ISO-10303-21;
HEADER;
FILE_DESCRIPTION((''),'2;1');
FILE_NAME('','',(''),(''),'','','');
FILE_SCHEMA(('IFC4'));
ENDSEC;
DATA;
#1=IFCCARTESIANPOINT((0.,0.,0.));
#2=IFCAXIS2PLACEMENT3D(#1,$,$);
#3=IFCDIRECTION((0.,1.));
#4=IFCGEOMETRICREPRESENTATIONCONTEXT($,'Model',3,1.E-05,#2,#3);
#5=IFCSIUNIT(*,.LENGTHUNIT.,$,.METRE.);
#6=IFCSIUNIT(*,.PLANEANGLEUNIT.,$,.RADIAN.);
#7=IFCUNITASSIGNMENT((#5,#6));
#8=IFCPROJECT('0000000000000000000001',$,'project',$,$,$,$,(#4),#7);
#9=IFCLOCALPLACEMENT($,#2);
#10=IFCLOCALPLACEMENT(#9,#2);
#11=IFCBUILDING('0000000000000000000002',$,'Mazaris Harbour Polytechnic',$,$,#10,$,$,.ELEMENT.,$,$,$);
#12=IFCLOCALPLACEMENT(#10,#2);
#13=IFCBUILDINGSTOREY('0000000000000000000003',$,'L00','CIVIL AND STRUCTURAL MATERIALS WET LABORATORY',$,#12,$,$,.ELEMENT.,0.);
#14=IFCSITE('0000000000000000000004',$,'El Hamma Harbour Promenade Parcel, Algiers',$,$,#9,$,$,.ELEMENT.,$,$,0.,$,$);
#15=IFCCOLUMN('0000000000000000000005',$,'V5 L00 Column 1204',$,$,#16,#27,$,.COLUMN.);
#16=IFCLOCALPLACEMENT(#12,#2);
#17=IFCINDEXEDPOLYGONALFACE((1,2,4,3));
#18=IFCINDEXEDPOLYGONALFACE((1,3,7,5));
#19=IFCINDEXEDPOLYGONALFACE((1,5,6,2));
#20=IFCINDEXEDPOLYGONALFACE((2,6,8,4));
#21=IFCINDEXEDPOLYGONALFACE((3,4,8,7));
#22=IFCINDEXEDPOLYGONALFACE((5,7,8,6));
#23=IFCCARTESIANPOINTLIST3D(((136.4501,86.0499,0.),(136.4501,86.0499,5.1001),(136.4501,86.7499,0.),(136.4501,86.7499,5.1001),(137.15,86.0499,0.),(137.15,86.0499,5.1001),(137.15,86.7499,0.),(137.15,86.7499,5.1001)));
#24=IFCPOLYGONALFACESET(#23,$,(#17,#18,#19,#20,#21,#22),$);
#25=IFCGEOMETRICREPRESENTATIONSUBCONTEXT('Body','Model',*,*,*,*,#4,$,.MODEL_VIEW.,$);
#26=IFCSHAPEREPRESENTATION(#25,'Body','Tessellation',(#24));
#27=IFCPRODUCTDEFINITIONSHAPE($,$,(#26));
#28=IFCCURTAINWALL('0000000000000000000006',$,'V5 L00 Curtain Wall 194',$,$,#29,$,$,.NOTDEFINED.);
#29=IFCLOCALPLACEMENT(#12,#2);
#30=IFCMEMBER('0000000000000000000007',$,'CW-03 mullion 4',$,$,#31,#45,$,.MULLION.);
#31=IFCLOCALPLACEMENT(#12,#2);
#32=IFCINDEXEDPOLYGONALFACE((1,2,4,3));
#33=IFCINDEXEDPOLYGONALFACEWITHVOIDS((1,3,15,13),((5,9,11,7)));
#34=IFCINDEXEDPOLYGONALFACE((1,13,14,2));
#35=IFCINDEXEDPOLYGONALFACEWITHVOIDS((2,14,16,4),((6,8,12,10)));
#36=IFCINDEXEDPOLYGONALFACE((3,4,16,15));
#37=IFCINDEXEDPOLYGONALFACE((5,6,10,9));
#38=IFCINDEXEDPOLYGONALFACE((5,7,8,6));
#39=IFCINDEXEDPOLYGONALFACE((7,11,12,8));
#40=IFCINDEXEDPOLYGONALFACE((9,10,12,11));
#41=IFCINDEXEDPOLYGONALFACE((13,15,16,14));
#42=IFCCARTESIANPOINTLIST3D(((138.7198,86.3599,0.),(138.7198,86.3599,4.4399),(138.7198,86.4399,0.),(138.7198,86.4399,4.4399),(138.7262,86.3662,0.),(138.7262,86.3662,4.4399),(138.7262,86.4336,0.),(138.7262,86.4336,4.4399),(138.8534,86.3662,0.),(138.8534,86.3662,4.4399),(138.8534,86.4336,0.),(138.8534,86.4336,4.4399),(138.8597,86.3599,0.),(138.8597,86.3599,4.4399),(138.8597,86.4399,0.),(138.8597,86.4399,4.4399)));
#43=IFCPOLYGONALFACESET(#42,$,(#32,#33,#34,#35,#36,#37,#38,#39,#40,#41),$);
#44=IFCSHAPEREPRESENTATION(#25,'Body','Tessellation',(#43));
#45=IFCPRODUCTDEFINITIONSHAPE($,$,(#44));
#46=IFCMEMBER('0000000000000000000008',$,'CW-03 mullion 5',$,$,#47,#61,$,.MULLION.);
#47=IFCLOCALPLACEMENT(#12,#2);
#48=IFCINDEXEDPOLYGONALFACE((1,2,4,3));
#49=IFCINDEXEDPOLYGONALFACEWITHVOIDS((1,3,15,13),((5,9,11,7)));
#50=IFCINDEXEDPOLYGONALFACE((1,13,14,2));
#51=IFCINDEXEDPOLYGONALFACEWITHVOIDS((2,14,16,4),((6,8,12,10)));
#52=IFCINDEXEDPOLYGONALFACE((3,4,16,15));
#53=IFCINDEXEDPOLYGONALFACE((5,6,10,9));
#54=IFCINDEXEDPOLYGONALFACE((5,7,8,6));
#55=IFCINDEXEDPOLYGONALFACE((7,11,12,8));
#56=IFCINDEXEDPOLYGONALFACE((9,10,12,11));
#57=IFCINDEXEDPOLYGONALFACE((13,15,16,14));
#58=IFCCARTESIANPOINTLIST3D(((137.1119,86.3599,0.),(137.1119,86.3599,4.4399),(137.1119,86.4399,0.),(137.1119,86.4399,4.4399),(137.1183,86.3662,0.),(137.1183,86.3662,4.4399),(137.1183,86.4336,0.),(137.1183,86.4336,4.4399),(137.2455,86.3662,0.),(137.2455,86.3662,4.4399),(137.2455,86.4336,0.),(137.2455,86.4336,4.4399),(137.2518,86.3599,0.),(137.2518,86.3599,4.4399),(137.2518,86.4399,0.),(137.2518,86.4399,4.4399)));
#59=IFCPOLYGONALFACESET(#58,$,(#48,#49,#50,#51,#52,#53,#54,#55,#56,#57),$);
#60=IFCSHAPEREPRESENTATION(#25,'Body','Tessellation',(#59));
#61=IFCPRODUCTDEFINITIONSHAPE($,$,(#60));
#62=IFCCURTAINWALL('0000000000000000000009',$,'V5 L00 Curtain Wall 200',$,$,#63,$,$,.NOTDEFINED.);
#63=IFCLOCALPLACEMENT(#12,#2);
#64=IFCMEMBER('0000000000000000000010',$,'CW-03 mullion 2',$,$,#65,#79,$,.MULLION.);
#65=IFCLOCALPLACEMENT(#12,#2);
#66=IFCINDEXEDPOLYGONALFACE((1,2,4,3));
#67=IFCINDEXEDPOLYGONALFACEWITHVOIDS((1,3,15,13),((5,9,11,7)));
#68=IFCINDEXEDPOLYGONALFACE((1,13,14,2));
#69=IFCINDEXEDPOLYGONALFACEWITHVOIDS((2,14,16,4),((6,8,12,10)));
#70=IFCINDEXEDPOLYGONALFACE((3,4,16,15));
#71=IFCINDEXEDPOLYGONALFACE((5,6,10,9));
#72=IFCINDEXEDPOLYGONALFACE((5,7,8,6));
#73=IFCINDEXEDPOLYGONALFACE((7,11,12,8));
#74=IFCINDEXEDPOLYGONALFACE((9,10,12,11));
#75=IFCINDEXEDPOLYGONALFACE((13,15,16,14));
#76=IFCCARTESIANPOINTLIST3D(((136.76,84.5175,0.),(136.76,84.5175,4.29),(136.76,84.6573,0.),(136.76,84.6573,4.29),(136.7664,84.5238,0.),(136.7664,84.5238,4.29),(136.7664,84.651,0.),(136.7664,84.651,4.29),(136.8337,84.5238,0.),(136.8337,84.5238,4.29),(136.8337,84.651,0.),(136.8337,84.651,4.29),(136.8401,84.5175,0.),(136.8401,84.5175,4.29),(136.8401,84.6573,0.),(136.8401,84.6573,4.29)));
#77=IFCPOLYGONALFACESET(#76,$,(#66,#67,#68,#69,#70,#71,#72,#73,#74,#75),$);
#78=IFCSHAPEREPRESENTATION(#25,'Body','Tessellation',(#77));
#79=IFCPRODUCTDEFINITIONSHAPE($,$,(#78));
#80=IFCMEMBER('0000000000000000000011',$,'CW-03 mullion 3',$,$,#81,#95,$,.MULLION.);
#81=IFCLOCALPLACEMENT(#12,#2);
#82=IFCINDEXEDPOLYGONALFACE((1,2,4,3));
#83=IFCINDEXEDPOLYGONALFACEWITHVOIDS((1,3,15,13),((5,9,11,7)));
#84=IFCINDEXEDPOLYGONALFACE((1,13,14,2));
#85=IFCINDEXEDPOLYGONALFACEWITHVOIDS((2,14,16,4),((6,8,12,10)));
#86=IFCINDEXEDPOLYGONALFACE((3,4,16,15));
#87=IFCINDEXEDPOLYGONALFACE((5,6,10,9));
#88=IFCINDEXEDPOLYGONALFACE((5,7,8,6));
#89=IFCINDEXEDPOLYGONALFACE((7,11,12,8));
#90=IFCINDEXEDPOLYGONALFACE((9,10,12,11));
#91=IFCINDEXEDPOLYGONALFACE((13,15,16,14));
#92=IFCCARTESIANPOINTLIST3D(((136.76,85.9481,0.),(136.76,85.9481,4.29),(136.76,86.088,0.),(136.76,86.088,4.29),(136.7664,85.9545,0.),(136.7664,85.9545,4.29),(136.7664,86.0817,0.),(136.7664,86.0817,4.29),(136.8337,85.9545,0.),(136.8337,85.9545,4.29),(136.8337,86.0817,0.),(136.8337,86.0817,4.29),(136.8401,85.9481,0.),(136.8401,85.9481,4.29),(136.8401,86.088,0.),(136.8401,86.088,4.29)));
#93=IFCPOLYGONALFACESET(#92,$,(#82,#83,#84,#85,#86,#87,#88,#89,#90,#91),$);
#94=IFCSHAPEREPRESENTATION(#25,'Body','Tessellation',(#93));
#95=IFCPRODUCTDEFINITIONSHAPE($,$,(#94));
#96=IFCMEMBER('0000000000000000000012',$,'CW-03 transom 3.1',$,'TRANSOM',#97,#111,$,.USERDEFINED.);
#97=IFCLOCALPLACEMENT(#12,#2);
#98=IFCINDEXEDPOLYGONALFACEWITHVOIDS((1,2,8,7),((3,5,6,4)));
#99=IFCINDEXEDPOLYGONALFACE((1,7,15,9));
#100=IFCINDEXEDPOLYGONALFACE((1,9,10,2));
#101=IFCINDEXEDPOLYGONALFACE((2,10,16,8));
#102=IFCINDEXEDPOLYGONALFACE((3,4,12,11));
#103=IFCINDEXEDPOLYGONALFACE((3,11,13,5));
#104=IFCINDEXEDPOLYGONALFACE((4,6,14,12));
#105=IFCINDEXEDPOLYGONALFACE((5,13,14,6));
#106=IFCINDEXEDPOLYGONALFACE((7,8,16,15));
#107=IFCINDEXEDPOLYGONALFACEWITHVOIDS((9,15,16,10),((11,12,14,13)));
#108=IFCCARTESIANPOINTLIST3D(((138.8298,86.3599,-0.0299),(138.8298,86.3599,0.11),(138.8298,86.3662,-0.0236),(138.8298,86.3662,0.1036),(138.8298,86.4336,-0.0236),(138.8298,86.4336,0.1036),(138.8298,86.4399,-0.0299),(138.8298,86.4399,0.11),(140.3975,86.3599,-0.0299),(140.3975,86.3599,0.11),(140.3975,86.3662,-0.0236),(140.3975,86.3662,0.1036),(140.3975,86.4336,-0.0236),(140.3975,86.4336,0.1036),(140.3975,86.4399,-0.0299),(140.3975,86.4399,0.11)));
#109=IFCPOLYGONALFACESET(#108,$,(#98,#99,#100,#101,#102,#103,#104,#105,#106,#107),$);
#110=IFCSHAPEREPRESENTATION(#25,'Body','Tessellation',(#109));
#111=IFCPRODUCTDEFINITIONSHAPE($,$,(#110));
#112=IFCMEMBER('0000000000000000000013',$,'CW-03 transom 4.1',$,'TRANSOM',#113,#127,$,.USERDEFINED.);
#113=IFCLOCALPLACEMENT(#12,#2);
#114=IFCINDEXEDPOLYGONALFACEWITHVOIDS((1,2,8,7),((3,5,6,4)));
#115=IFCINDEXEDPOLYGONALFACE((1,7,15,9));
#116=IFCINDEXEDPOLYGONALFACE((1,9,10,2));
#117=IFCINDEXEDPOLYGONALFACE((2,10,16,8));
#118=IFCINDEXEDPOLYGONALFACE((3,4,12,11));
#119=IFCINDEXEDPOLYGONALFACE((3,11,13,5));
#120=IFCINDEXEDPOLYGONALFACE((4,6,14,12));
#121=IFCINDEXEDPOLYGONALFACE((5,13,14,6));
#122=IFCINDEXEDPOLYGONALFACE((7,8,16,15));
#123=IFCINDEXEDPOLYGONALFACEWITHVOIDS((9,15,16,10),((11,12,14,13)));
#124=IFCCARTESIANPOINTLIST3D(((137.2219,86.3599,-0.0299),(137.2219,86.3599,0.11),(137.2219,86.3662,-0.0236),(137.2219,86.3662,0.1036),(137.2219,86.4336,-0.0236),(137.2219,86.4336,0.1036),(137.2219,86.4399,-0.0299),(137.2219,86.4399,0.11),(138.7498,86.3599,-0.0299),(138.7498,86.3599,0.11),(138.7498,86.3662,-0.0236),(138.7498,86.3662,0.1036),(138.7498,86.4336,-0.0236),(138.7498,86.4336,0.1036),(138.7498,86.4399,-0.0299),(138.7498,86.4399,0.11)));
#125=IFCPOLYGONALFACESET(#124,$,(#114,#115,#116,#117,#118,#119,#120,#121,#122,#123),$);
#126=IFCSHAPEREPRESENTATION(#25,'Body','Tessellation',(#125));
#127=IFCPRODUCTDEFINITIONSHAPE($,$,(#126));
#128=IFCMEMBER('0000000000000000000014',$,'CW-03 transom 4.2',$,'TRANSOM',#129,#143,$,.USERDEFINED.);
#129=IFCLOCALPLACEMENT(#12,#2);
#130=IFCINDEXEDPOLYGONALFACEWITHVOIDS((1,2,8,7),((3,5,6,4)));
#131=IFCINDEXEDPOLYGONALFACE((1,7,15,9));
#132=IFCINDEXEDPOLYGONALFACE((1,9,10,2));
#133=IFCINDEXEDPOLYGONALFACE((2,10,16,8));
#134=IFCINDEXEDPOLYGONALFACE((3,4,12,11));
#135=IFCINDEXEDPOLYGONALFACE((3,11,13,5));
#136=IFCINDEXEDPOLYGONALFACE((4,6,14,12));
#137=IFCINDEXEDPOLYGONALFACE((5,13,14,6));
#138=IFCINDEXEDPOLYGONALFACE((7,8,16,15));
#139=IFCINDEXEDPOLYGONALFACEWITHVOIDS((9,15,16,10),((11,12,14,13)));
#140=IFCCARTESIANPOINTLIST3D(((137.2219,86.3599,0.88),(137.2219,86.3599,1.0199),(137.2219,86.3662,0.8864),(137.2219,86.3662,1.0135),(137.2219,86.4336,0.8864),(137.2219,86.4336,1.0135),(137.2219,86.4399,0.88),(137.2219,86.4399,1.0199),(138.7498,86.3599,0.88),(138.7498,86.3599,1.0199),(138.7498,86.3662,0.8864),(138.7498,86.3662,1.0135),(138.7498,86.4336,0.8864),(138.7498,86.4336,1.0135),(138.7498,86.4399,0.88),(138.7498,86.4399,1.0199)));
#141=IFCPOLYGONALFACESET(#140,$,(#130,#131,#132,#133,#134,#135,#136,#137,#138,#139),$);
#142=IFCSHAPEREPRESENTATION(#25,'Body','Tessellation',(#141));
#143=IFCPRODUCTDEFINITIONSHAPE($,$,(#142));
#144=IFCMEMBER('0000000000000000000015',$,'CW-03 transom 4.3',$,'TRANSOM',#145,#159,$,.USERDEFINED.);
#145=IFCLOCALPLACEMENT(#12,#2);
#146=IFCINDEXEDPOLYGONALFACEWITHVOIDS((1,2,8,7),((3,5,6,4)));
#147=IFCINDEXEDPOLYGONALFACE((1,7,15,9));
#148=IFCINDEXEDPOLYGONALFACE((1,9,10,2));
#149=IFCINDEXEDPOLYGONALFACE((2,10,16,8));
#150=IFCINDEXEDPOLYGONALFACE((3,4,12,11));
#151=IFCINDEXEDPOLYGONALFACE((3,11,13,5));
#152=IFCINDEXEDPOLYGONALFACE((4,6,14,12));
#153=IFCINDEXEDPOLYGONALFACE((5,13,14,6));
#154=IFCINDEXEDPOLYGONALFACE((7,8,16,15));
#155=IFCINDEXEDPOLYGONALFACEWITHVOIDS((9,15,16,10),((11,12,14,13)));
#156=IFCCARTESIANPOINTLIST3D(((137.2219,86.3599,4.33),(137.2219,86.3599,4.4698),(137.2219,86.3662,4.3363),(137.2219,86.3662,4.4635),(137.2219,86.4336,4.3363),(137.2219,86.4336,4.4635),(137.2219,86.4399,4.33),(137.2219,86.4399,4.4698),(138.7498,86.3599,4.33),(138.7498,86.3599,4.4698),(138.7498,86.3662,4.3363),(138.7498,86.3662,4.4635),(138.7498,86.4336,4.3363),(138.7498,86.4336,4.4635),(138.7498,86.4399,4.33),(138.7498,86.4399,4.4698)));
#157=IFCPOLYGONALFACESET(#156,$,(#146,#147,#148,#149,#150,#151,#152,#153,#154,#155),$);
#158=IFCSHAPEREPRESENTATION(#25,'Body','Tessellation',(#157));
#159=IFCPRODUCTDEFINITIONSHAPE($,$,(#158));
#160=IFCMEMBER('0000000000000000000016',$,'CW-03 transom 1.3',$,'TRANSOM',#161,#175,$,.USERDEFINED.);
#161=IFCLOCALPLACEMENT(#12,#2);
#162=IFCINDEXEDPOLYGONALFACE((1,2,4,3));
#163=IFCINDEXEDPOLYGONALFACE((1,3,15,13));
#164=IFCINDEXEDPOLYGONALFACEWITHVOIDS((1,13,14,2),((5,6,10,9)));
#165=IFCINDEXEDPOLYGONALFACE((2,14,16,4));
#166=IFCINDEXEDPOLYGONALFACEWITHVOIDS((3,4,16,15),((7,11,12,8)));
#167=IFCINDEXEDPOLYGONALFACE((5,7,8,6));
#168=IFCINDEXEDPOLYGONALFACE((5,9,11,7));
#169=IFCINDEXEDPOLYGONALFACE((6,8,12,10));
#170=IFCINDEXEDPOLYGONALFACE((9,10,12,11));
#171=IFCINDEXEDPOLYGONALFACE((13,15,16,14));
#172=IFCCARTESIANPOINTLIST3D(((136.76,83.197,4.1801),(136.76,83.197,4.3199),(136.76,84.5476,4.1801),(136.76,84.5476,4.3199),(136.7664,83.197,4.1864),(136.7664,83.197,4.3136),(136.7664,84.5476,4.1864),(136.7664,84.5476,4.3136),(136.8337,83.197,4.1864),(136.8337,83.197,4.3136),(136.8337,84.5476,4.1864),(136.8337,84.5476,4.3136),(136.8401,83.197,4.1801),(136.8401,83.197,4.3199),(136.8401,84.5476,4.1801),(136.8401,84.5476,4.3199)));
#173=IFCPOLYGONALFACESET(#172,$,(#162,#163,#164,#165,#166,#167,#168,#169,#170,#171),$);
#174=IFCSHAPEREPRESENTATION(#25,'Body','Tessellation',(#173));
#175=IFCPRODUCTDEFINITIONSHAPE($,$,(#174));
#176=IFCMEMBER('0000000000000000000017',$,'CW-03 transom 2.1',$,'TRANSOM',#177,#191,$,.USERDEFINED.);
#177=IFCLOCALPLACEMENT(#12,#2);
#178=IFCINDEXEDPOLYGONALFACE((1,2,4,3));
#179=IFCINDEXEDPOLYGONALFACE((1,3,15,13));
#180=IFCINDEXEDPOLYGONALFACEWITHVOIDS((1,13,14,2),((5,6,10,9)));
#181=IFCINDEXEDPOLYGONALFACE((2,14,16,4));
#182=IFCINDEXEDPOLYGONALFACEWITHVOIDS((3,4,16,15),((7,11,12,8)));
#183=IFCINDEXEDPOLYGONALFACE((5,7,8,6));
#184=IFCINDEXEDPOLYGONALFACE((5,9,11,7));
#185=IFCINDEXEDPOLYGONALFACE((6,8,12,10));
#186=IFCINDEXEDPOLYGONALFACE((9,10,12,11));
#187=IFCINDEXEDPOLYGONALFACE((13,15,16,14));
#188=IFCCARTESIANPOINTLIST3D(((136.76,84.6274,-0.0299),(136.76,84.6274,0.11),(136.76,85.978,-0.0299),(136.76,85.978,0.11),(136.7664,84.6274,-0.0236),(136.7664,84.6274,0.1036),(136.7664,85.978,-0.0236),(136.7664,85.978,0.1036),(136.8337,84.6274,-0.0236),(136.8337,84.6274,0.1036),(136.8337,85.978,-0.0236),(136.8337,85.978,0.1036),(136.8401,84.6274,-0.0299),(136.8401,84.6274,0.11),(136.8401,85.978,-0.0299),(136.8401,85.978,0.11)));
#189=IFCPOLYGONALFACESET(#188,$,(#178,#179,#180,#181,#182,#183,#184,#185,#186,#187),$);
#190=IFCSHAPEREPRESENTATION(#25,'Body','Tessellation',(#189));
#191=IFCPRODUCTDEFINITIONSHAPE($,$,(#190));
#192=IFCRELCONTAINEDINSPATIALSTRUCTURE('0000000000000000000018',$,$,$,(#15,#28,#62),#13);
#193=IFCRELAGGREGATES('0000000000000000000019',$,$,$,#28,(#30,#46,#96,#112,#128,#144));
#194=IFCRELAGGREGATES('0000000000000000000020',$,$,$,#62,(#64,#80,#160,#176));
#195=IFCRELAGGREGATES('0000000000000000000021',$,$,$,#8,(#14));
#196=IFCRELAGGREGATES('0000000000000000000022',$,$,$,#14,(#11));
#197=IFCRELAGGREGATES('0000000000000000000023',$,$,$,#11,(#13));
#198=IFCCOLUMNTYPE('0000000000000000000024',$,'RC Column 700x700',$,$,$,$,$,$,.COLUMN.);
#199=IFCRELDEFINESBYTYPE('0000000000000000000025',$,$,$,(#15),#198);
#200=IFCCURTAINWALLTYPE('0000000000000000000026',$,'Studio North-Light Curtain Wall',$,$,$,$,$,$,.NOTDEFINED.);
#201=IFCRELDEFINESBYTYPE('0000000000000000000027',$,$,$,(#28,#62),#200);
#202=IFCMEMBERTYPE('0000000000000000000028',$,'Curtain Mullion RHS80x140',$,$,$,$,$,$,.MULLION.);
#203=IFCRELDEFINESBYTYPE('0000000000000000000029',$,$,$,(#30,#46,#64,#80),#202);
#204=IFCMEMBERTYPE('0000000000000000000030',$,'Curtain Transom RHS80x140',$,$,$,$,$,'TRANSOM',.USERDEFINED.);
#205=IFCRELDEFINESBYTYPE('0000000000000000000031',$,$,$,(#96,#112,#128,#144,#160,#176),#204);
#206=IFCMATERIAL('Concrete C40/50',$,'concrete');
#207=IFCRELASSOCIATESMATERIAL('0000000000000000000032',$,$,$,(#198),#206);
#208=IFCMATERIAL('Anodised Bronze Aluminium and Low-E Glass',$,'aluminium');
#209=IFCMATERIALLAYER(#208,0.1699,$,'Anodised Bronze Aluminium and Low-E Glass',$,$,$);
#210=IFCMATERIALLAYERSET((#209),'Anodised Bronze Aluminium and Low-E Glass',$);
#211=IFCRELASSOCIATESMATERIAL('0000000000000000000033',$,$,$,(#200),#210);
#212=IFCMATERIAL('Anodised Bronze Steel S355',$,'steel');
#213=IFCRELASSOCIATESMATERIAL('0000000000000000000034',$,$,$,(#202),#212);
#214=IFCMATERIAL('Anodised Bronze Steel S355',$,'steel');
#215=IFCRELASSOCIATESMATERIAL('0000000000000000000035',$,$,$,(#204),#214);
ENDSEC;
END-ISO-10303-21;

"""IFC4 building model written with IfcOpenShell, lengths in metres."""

from ifc_helpers import new_model, si_unit, direction, frame, origin, origin_2d, place, context, subcontext, project, spatial, rectangle, hollow_rectangle, extrude, material, layer, layer_set, material_profile, profile_set, type_object, element, aggregate, save


model = new_model("IFC4")

# Units and contexts
model_context = context("Model", 3, precision=1e-05, world=origin(), true_north=direction((0.0, 1.0)))
body_context = subcontext(model_context, "Body", "Model", "MODEL_VIEW")
ifc_project = project(units=[si_unit("LENGTHUNIT", "METRE"), si_unit("PLANEANGLEUNIT", "RADIAN")], contexts=[model_context])

# Site, building, storey
site_placement = place(None, origin())
site = spatial("IfcSite", under=ifc_project, at=site_placement, Name="El Hamma Harbour Promenade Parcel, Algiers", CompositionType="ELEMENT", RefElevation=0.0)
building_placement = place(site_placement, origin())
building = spatial("IfcBuilding", under=site, at=building_placement, Name="Mazaris Harbour Polytechnic", CompositionType="ELEMENT")
storey_placement = place(building_placement, origin())
storey = spatial("IfcBuildingStorey", under=building, at=storey_placement, Name="L00", Description="CIVIL AND STRUCTURAL MATERIALS WET LABORATORY", CompositionType="ELEMENT", Elevation=0.0)

# Column
ifc_material_1 = material(Name="Concrete C40/50", Category="concrete")
ifc_material_profile_1 = material_profile(ifc_material_1, rectangle(XDim=0.7, YDim=0.7, at=origin_2d()), Name="RECT700x700")
ifc_profile_set_1 = profile_set([ifc_material_profile_1], Name="Concrete C40/50")
column_type = type_object("IfcColumnType", Name="RC Column 700x700", PredefinedType="COLUMN", material=ifc_profile_set_1)
column_placement = place(storey_placement, frame((136.8, 86.3999, 0.0), z_axis=(0.0, 0.0, 1.0), x_axis=(1.0, 0.0, 0.0)))
element("IfcColumn", 1, at=column_placement, inside=storey, type_object=column_type, Name="V5 L00 Column 1204", PredefinedType="COLUMN", context=body_context, shape_type="SweptSolid", body=[
    extrude(rectangle(XDim=0.7, YDim=0.7, at=origin_2d()), origin(), (0.0, 0.0, 1.0), 5.1001),
])

# Curtain walls, members
ifc_material_2 = material(Name="Anodised Bronze Aluminium and Low-E Glass", Category="aluminium")
ifc_layer_1 = layer(ifc_material_2, 0.1699, Name="Anodised Bronze Aluminium and Low-E Glass")
ifc_layer_set_1 = layer_set([ifc_layer_1], Name="Anodised Bronze Aluminium and Low-E Glass")
curtain_wall_type = type_object("IfcCurtainWallType", Name="Studio North-Light Curtain Wall", PredefinedType="NOTDEFINED", material=ifc_layer_set_1)
curtain_wall_1_placement = place(storey_placement, origin())
curtain_wall_1 = element("IfcCurtainWall", 2, at=curtain_wall_1_placement, inside=storey, type_object=curtain_wall_type, Name="V5 L00 Curtain Wall 194", PredefinedType="NOTDEFINED")
ifc_material_3 = material(Name="Anodised Bronze Steel S355", Category="steel")
ifc_material_profile_2 = material_profile(ifc_material_3, hollow_rectangle(XDim=0.0801, YDim=0.1399, WallThickness=0.0063, at=origin_2d()), Name="RHS 80x140x6.3")
ifc_profile_set_2 = profile_set([ifc_material_profile_2], Name="Anodised Bronze Steel S355")
member_type_1 = type_object("IfcMemberType", Name="Curtain Mullion RHS80x140", PredefinedType="MULLION", material=ifc_profile_set_2)
member_1_placement = place(storey_placement, frame((138.7898, 86.3999, 0.0), z_axis=(0.0, 0.0, 1.0), x_axis=(0.0, -1.0, 0.0)))
member_1 = element("IfcMember", 3, at=member_1_placement, type_object=member_type_1, Name="CW-03 mullion 4", PredefinedType="MULLION", context=body_context, shape_type="SweptSolid", body=[
    extrude(hollow_rectangle(XDim=0.0801, YDim=0.1399, WallThickness=0.0063, at=origin_2d()), origin(), (0.0, 0.0, 1.0), 4.4399),
])
member_2_placement = place(storey_placement, frame((137.1819, 86.3999, 0.0), z_axis=(0.0, 0.0, 1.0), x_axis=(0.0, -1.0, 0.0)))
member_2 = element("IfcMember", 4, at=member_2_placement, type_object=member_type_1, Name="CW-03 mullion 5", PredefinedType="MULLION", context=body_context, shape_type="SweptSolid", body=[
    extrude(hollow_rectangle(XDim=0.0801, YDim=0.1399, WallThickness=0.0063, at=origin_2d()), origin(), (0.0, 0.0, 1.0), 4.4399),
])
curtain_wall_2_placement = place(storey_placement, origin())
curtain_wall_2 = element("IfcCurtainWall", 5, at=curtain_wall_2_placement, inside=storey, type_object=curtain_wall_type, Name="V5 L00 Curtain Wall 200", PredefinedType="NOTDEFINED")
member_3_placement = place(storey_placement, frame((136.8, 84.5874, 0.0), z_axis=(0.0, 0.0, 1.0), x_axis=(-1.0, 0.0, 0.0)))
member_3 = element("IfcMember", 6, at=member_3_placement, type_object=member_type_1, Name="CW-03 mullion 2", PredefinedType="MULLION", context=body_context, shape_type="SweptSolid", body=[
    extrude(hollow_rectangle(XDim=0.0801, YDim=0.1399, WallThickness=0.0063, at=origin_2d()), origin(), (0.0, 0.0, 1.0), 4.29),
])
member_4_placement = place(storey_placement, frame((136.8, 86.0181, 0.0), z_axis=(0.0, 0.0, 1.0), x_axis=(-1.0, 0.0, 0.0)))
member_4 = element("IfcMember", 7, at=member_4_placement, type_object=member_type_1, Name="CW-03 mullion 3", PredefinedType="MULLION", context=body_context, shape_type="SweptSolid", body=[
    extrude(hollow_rectangle(XDim=0.0801, YDim=0.1399, WallThickness=0.0063, at=origin_2d()), origin(), (0.0, 0.0, 1.0), 4.29),
])

# Members
ifc_material_4 = material(Name="Anodised Bronze Steel S355", Category="steel")
ifc_material_profile_3 = material_profile(ifc_material_4, hollow_rectangle(XDim=0.0801, YDim=0.1399, WallThickness=0.0063, at=origin_2d()), Name="RHS 80x140x6.3")
ifc_profile_set_3 = profile_set([ifc_material_profile_3], Name="Anodised Bronze Steel S355")
member_type_2 = type_object("IfcMemberType", Name="Curtain Transom RHS80x140", ElementType="TRANSOM", PredefinedType="USERDEFINED", material=ifc_profile_set_3)
member_5_placement = place(storey_placement, frame((140.3975, 86.3999, 0.04), z_axis=(-1.0, 0.0, 0.0), x_axis=(0.0, -1.0, 0.0)))
member_5 = element("IfcMember", 8, at=member_5_placement, type_object=member_type_2, Name="CW-03 transom 3.1", ObjectType="TRANSOM", PredefinedType="USERDEFINED", context=body_context, shape_type="SweptSolid", body=[
    extrude(hollow_rectangle(XDim=0.0801, YDim=0.1399, WallThickness=0.0063, at=origin_2d()), origin(), (0.0, 0.0, 1.0), 1.5676),
])
member_6_placement = place(storey_placement, frame((138.7498, 86.3999, 0.04), z_axis=(-1.0, 0.0, 0.0), x_axis=(0.0, -1.0, 0.0)))
member_6 = element("IfcMember", 9, at=member_6_placement, type_object=member_type_2, Name="CW-03 transom 4.1", ObjectType="TRANSOM", PredefinedType="USERDEFINED", context=body_context, shape_type="SweptSolid", body=[
    extrude(hollow_rectangle(XDim=0.0801, YDim=0.1399, WallThickness=0.0063, at=origin_2d()), origin(), (0.0, 0.0, 1.0), 1.5278),
])
member_7_placement = place(storey_placement, frame((138.7498, 86.3999, 0.95), z_axis=(-1.0, 0.0, 0.0), x_axis=(0.0, -1.0, 0.0)))
member_7 = element("IfcMember", 10, at=member_7_placement, type_object=member_type_2, Name="CW-03 transom 4.2", ObjectType="TRANSOM", PredefinedType="USERDEFINED", context=body_context, shape_type="SweptSolid", body=[
    extrude(hollow_rectangle(XDim=0.0801, YDim=0.1399, WallThickness=0.0063, at=origin_2d()), origin(), (0.0, 0.0, 1.0), 1.5278),
])
member_8_placement = place(storey_placement, frame((138.7498, 86.3999, 4.3999), z_axis=(-1.0, 0.0, 0.0), x_axis=(0.0, -1.0, 0.0)))
member_8 = element("IfcMember", 11, at=member_8_placement, type_object=member_type_2, Name="CW-03 transom 4.3", ObjectType="TRANSOM", PredefinedType="USERDEFINED", context=body_context, shape_type="SweptSolid", body=[
    extrude(hollow_rectangle(XDim=0.0801, YDim=0.1399, WallThickness=0.0063, at=origin_2d()), origin(), (0.0, 0.0, 1.0), 1.5278),
])
member_9_placement = place(storey_placement, frame((136.8, 83.197, 4.25), z_axis=(0.0, 1.0, 0.0), x_axis=(-1.0, 0.0, 0.0)))
member_9 = element("IfcMember", 12, at=member_9_placement, type_object=member_type_2, Name="CW-03 transom 1.3", ObjectType="TRANSOM", PredefinedType="USERDEFINED", context=body_context, shape_type="SweptSolid", body=[
    extrude(hollow_rectangle(XDim=0.0801, YDim=0.1399, WallThickness=0.0063, at=origin_2d()), origin(), (0.0, 0.0, 1.0), 1.3506),
])
member_10_placement = place(storey_placement, frame((136.8, 84.6274, 0.04), z_axis=(0.0, 1.0, 0.0), x_axis=(-1.0, 0.0, 0.0)))
member_10 = element("IfcMember", 13, at=member_10_placement, type_object=member_type_2, Name="CW-03 transom 2.1", ObjectType="TRANSOM", PredefinedType="USERDEFINED", context=body_context, shape_type="SweptSolid", body=[
    extrude(hollow_rectangle(XDim=0.0801, YDim=0.1399, WallThickness=0.0063, at=origin_2d()), origin(), (0.0, 0.0, 1.0), 1.3506),
])

aggregate(curtain_wall_1, [member_1, member_2, member_5, member_6, member_7, member_8])
aggregate(curtain_wall_2, [member_3, member_4, member_9, member_10])

save(model, "model.ifc")
